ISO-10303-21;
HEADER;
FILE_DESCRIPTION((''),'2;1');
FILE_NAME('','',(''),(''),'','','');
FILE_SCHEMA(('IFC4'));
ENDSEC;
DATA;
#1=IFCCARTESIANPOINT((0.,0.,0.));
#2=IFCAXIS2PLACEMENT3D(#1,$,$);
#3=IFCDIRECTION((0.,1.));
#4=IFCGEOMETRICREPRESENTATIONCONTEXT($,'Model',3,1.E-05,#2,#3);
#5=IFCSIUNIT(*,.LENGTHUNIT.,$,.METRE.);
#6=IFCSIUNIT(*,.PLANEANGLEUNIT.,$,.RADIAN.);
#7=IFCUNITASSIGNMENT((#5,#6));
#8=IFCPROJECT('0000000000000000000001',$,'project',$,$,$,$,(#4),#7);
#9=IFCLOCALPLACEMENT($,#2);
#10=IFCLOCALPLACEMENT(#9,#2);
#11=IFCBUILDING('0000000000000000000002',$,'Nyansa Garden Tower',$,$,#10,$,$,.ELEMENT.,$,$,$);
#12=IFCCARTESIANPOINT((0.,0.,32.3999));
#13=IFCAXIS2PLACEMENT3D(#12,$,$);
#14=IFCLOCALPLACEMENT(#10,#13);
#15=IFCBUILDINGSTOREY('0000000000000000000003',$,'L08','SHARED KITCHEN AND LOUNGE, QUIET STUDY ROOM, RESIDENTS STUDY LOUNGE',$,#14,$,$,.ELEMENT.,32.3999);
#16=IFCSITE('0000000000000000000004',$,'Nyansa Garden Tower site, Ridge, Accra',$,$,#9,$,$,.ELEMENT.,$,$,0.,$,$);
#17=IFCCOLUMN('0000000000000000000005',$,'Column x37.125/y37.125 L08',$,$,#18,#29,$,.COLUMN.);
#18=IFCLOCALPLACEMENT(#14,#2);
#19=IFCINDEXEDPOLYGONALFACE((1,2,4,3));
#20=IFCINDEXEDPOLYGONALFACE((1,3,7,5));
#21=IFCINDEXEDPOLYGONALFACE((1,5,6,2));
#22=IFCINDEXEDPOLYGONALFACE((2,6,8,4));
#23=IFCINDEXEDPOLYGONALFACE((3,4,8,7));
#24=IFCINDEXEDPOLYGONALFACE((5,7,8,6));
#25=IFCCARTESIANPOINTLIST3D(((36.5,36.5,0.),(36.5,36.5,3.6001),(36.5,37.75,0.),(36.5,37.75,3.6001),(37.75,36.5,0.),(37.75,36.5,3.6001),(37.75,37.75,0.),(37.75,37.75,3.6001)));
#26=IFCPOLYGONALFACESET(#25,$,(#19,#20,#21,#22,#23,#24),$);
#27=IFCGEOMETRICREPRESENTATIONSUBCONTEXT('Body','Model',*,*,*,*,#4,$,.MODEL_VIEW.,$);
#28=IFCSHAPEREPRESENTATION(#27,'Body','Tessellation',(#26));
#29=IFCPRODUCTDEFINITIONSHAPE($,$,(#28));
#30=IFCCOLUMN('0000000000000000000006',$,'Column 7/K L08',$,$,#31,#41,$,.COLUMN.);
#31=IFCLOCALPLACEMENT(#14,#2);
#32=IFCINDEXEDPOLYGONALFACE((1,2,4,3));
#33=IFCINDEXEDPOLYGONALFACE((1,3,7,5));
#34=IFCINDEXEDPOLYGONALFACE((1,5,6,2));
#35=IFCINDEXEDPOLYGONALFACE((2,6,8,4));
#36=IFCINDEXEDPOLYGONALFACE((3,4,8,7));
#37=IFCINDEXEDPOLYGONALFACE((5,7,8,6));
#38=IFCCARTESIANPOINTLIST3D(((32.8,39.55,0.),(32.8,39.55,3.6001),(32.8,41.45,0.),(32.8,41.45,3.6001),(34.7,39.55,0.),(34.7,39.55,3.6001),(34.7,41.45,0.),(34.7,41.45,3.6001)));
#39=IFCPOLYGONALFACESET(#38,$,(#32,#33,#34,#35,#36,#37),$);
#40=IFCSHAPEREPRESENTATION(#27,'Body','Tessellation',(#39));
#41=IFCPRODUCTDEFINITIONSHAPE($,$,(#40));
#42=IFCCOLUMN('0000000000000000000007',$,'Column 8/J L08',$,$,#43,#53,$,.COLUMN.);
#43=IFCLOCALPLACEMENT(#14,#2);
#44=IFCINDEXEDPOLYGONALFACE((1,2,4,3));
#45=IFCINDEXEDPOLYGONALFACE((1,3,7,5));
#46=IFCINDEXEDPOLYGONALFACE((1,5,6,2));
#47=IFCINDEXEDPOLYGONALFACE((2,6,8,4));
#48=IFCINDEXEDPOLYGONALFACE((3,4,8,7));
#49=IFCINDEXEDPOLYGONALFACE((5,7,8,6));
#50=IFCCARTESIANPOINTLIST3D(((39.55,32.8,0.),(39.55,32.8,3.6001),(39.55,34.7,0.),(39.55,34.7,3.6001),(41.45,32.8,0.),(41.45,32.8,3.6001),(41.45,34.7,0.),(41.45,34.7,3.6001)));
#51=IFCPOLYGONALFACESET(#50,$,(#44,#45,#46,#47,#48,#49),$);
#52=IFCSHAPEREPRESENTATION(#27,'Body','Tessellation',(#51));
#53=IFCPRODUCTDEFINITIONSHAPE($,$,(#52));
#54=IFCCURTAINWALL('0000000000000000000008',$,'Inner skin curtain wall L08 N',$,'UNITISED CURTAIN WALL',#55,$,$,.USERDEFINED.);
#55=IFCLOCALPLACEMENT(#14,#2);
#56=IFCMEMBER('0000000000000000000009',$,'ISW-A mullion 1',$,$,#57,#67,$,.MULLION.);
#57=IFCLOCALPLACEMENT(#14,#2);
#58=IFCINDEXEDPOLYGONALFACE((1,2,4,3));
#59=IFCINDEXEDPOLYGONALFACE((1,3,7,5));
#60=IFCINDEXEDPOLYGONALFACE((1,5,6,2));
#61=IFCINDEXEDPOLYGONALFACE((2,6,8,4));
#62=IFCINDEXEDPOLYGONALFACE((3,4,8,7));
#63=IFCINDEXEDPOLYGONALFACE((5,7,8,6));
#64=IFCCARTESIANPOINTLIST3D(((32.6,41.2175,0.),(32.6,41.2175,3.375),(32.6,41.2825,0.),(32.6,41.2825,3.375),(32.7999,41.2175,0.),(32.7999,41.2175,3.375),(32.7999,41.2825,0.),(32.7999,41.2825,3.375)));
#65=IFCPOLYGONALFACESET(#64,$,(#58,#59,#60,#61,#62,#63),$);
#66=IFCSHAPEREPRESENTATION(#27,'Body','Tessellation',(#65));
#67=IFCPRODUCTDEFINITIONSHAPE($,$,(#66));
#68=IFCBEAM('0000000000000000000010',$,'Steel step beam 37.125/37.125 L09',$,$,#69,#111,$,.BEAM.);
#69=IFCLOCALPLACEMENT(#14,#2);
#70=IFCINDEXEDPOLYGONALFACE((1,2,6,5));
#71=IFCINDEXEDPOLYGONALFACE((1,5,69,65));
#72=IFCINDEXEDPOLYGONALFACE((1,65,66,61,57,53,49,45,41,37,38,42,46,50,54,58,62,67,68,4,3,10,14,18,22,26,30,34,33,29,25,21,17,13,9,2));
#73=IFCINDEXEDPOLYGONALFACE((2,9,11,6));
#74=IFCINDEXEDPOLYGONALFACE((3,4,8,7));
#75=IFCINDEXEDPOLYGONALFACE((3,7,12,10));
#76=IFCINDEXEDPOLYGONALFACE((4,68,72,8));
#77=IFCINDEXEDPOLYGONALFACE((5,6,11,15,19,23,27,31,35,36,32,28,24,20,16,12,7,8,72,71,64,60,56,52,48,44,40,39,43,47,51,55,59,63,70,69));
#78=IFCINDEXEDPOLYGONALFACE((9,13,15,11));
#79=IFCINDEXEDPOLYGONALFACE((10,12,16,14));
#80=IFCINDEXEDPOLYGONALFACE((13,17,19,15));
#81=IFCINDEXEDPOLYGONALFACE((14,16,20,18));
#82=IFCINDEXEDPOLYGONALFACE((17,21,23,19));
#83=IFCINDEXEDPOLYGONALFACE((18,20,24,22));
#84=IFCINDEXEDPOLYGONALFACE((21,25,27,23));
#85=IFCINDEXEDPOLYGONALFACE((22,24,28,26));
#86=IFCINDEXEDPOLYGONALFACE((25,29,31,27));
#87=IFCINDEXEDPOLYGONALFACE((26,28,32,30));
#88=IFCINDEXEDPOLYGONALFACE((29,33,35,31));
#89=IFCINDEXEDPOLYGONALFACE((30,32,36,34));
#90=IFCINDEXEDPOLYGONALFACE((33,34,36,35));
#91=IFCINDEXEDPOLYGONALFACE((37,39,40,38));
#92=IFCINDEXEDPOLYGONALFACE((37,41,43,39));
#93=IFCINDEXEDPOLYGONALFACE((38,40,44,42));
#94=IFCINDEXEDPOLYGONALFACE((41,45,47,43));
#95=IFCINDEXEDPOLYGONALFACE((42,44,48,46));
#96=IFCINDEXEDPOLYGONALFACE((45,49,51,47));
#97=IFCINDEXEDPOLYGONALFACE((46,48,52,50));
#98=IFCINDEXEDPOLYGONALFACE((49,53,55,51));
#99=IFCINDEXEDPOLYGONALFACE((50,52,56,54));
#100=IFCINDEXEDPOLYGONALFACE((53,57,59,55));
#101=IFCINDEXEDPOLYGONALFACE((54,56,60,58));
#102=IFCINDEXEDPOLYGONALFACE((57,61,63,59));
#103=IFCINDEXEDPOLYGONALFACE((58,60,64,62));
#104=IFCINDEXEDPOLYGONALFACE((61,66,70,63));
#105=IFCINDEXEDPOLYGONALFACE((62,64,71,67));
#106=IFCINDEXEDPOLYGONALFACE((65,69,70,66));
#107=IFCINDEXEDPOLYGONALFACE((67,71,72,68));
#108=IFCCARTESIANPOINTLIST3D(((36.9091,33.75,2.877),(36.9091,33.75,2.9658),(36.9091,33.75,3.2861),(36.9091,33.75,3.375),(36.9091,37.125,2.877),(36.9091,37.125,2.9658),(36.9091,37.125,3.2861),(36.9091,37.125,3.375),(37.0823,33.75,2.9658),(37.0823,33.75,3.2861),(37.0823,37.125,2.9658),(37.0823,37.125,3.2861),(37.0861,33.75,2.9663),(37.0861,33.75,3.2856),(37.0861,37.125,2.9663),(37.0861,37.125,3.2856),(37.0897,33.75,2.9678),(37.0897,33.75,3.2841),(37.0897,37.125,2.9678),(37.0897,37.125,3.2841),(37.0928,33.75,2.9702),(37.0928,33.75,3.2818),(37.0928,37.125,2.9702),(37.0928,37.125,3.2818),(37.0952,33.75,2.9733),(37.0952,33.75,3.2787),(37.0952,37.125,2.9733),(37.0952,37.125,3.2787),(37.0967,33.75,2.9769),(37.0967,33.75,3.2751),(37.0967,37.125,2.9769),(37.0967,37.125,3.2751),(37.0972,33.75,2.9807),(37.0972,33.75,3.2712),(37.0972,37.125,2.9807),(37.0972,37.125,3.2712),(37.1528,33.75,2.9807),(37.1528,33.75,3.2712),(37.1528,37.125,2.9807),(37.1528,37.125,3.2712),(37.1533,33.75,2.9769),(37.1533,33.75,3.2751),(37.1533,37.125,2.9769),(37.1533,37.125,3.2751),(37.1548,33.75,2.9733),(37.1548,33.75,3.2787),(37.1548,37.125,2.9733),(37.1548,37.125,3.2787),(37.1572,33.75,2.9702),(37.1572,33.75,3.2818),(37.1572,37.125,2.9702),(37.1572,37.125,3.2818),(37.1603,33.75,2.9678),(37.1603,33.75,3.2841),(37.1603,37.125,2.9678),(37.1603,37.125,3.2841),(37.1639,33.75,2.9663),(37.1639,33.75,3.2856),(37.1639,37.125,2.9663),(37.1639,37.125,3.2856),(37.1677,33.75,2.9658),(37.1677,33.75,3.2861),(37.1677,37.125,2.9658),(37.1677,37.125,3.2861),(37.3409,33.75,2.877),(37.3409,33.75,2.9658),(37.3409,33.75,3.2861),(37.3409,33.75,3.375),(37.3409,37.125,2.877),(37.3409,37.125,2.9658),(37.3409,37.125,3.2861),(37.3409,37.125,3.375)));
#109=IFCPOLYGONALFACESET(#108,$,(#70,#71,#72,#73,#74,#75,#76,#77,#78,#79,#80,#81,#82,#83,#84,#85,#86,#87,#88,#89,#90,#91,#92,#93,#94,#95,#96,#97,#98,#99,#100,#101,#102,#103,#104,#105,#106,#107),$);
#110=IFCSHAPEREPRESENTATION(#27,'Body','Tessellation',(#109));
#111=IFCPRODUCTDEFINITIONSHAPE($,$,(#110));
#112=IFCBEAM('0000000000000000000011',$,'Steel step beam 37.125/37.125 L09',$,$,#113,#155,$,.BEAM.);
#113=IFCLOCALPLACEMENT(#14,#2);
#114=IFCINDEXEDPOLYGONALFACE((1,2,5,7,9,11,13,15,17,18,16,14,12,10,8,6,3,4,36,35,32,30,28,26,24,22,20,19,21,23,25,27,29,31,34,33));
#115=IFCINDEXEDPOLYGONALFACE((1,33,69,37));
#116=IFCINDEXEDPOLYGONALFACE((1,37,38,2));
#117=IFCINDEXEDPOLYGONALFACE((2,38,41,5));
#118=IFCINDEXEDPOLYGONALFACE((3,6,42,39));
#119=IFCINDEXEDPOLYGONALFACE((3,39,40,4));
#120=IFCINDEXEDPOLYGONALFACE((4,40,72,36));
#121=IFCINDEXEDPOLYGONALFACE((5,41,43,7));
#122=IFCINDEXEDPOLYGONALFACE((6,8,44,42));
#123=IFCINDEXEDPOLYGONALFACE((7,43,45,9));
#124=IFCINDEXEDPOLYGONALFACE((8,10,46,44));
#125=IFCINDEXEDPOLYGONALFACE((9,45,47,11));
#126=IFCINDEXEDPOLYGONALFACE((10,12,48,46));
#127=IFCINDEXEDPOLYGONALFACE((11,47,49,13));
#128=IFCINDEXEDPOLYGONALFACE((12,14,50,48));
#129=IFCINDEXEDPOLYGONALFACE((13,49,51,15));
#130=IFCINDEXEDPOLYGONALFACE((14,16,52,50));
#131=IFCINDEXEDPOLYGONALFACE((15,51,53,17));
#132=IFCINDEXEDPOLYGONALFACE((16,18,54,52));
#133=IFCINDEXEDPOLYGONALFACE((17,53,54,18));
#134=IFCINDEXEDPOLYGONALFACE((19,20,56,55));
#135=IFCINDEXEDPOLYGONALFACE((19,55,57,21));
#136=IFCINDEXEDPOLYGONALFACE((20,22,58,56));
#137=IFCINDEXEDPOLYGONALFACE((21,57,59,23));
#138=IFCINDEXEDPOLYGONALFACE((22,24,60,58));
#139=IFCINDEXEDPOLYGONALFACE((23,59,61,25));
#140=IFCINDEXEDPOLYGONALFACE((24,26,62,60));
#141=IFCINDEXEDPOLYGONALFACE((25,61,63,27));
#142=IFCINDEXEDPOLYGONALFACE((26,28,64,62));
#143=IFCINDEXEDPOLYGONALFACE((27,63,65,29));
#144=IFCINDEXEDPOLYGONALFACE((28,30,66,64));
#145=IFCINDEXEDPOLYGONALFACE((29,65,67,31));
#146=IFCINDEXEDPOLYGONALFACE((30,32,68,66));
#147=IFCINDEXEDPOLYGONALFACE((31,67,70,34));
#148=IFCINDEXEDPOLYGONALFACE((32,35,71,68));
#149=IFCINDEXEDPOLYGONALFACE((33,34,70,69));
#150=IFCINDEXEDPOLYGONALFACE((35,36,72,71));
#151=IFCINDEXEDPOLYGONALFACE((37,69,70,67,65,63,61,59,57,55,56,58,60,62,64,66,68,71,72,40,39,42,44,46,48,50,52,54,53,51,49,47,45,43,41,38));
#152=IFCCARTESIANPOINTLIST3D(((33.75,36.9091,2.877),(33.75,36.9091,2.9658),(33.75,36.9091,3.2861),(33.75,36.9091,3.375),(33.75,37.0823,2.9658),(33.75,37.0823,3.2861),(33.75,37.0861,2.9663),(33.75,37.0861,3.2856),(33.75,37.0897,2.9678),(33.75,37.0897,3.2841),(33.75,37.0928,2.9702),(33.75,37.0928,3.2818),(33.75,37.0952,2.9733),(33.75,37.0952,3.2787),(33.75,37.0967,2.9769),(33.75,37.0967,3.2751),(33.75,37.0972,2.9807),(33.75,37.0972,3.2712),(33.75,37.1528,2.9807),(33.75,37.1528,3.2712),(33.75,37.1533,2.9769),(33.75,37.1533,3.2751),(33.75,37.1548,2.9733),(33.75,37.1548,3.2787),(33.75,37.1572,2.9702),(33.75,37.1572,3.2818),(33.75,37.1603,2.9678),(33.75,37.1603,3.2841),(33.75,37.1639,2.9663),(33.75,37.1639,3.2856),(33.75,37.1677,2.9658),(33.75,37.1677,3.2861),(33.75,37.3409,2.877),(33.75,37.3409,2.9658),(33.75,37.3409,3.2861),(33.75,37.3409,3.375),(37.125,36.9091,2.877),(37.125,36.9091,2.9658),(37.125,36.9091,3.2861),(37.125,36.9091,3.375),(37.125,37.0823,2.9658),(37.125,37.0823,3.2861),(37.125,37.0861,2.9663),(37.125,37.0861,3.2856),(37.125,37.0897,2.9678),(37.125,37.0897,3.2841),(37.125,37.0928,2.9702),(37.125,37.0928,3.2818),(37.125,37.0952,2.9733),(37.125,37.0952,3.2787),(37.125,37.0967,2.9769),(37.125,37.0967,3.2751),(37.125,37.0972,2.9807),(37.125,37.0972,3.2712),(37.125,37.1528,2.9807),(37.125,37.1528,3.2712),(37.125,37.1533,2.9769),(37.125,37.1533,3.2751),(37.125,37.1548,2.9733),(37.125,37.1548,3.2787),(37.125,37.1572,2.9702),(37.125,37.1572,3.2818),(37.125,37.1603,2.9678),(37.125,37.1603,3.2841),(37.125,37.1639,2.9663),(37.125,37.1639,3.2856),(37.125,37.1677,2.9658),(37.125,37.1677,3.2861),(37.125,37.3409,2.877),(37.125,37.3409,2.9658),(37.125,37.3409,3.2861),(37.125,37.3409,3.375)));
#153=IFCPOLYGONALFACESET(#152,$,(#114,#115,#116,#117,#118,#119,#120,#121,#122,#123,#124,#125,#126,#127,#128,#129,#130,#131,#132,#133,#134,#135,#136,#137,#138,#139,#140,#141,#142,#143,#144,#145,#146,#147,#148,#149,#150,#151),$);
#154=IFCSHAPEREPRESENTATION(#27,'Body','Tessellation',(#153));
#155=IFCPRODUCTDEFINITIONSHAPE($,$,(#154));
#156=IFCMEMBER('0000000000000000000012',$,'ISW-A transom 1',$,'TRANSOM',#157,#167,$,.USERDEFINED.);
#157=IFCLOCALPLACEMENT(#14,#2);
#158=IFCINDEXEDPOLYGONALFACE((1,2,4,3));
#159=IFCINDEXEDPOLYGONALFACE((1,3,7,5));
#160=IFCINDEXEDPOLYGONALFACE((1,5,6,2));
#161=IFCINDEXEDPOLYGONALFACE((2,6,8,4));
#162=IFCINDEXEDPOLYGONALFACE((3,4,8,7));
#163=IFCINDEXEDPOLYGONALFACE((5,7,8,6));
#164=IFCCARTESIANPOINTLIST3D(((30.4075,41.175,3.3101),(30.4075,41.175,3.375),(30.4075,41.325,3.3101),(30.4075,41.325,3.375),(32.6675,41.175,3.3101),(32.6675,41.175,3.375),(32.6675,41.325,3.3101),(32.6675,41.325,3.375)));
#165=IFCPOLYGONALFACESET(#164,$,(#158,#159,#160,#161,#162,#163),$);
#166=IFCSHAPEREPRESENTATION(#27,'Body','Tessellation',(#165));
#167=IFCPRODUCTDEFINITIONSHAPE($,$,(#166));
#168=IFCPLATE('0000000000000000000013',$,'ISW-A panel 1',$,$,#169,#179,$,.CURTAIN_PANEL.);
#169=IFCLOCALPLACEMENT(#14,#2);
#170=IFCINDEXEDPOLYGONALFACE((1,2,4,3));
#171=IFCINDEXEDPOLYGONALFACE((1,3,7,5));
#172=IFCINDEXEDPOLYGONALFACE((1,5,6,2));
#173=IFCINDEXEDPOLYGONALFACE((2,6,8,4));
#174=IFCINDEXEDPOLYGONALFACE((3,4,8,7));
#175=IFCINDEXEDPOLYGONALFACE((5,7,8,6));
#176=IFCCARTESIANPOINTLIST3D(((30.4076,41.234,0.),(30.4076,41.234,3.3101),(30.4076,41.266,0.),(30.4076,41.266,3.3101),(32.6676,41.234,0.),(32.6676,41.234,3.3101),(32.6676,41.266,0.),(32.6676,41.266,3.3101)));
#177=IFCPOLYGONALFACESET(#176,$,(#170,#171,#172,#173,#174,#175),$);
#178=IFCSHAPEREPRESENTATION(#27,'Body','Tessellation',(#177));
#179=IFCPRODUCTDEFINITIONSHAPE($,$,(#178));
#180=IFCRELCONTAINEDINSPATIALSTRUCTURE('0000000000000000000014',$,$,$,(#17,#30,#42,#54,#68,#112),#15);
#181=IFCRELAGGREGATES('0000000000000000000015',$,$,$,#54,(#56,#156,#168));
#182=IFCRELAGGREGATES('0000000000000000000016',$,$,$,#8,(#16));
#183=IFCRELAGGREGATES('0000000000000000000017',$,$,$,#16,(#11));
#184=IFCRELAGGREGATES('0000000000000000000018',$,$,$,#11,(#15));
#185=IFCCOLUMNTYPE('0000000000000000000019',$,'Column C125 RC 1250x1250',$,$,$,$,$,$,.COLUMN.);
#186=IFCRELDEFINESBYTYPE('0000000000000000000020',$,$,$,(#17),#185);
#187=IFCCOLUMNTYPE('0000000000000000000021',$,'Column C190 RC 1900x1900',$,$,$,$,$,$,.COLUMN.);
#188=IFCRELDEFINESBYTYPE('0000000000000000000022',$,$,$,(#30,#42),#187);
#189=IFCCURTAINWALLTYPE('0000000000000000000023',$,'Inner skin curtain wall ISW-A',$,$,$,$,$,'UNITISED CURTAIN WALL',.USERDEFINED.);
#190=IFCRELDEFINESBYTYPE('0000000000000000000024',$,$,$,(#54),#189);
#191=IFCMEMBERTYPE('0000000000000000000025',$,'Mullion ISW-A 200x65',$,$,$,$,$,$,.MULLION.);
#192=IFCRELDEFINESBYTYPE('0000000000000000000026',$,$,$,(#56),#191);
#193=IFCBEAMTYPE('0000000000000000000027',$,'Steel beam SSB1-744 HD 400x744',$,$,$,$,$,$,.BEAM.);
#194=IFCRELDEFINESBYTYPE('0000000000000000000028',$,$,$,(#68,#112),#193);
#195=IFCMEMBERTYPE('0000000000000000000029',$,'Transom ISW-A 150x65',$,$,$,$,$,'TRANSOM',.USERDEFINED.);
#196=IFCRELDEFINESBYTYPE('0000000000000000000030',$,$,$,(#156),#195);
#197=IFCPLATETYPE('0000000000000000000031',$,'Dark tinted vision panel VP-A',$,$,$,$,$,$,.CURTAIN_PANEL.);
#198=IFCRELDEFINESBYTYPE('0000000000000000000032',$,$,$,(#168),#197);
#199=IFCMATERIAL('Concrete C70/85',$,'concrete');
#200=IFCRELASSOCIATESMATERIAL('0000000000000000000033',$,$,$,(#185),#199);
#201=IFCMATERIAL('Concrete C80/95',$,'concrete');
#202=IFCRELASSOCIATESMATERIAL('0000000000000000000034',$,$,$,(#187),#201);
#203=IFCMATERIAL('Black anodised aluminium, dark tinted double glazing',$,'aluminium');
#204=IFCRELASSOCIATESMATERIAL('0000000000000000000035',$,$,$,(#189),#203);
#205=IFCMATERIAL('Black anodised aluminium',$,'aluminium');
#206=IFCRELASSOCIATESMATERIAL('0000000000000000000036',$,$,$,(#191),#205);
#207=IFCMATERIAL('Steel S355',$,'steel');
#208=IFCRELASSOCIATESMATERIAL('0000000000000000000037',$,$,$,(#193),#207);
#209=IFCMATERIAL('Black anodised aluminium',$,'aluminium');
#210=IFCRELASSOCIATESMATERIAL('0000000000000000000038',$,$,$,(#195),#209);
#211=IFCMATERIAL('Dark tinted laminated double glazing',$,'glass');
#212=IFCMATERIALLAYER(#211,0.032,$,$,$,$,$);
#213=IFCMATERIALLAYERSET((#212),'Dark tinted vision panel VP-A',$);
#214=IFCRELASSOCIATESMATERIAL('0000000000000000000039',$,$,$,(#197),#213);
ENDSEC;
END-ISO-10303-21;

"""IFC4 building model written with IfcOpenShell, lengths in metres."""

from ifc_helpers import new_model, si_unit, direction, frame, origin, origin_2d, place, context, subcontext, project, spatial, rectangle, i_section, extrude, material, layer, layer_set, material_profile, profile_set, type_object, element, aggregate, save


model = new_model("IFC4")

# Units and contexts
model_context = context("Model", 3, precision=1e-05, world=origin(), true_north=direction((0.0, 1.0)))
body_context = subcontext(model_context, "Body", "Model", "MODEL_VIEW")
ifc_project = project(units=[si_unit("LENGTHUNIT", "METRE"), si_unit("PLANEANGLEUNIT", "RADIAN")], contexts=[model_context])

# Site, building, storey
site_placement = place(None, origin())
site = spatial("IfcSite", under=ifc_project, at=site_placement, Name="Nyansa Garden Tower site, Ridge, Accra", CompositionType="ELEMENT", RefElevation=0.0)
building_placement = place(site_placement, origin())
building = spatial("IfcBuilding", under=site, at=building_placement, Name="Nyansa Garden Tower", CompositionType="ELEMENT")
storey_placement = place(building_placement, frame((0.0, 0.0, 32.3999)))
storey = spatial("IfcBuildingStorey", under=building, at=storey_placement, Name="L08", Description="SHARED KITCHEN AND LOUNGE, QUIET STUDY ROOM, RESIDENTS STUDY LOUNGE", CompositionType="ELEMENT", Elevation=32.3999)

# Columns
ifc_material_1 = material(Name="Concrete C70/85", Category="concrete")
ifc_material_profile_1 = material_profile(ifc_material_1, rectangle(XDim=1.25, YDim=1.25, at=origin_2d()), Name="RC 1250x1250")
ifc_profile_set_1 = profile_set([ifc_material_profile_1], Name="Concrete C70/85")
column_type_1 = type_object("IfcColumnType", Name="Column C125 RC 1250x1250", PredefinedType="COLUMN", material=ifc_profile_set_1)
column_placement = place(storey_placement, frame((37.125, 37.125, 0.0), z_axis=(0.0, 0.0, 1.0), x_axis=(1.0, 0.0, 0.0)))
element("IfcColumn", 1, at=column_placement, inside=storey, type_object=column_type_1, Name="Column x37.125/y37.125 L08", PredefinedType="COLUMN", context=body_context, shape_type="SweptSolid", body=[
    extrude(rectangle(XDim=1.25, YDim=1.25, at=origin_2d()), origin(), (0.0, 0.0, 1.0), 3.6001),
])
ifc_material_2 = material(Name="Concrete C80/95", Category="concrete")
ifc_material_profile_2 = material_profile(ifc_material_2, rectangle(XDim=1.8999, YDim=1.8999, at=origin_2d()), Name="RC 1900x1900")
ifc_profile_set_2 = profile_set([ifc_material_profile_2], Name="Concrete C80/95")
column_type_2 = type_object("IfcColumnType", Name="Column C190 RC 1900x1900", PredefinedType="COLUMN", material=ifc_profile_set_2)
for number, where, z_axis, x_axis, name in (
    (2, (33.75, 40.5, 0.0), (0.0, 0.0, 1.0), (1.0, 0.0, 0.0), "Column 7/K L08"),
    (3, (40.5, 33.75, 0.0), (0.0, 0.0, 1.0), (1.0, 0.0, 0.0), "Column 8/J L08"),
):
    element("IfcColumn", number, at=place(storey_placement, frame(where, z_axis=z_axis, x_axis=x_axis)), inside=storey, type_object=column_type_2, Name=name, PredefinedType="COLUMN", context=body_context, shape_type="SweptSolid", body=[
        extrude(rectangle(XDim=1.8999, YDim=1.8999, at=origin_2d()), origin(), (0.0, 0.0, 1.0), 3.6001),
    ])

# Curtain wall, member
ifc_material_3 = material(Name="Black anodised aluminium, dark tinted double glazing", Category="aluminium")
curtain_wall_type = type_object("IfcCurtainWallType", Name="Inner skin curtain wall ISW-A", ElementType="UNITISED CURTAIN WALL", PredefinedType="USERDEFINED", material=ifc_material_3)
curtain_wall_placement = place(storey_placement, origin())
curtain_wall = element("IfcCurtainWall", 4, at=curtain_wall_placement, inside=storey, type_object=curtain_wall_type, Name="Inner skin curtain wall L08 N", ObjectType="UNITISED CURTAIN WALL", PredefinedType="USERDEFINED")
ifc_material_4 = material(Name="Black anodised aluminium", Category="aluminium")
ifc_material_profile_3 = material_profile(ifc_material_4, rectangle(XDim=0.0649, YDim=0.2, at=origin_2d()), Name="Mullion 200x65")
ifc_profile_set_3 = profile_set([ifc_material_profile_3], Name="Black anodised aluminium")
member_type_1 = type_object("IfcMemberType", Name="Mullion ISW-A 200x65", PredefinedType="MULLION", material=ifc_profile_set_3)
member_1_placement = place(storey_placement, frame((32.7, 41.25, 0.0), z_axis=(0.0, 0.0, 1.0), x_axis=(0.0, -1.0, 0.0)))
member_1 = element("IfcMember", 5, at=member_1_placement, type_object=member_type_1, Name="ISW-A mullion 1", PredefinedType="MULLION", context=body_context, shape_type="SweptSolid", body=[
    extrude(rectangle(XDim=0.0649, YDim=0.2, at=origin_2d()), origin(), (0.0, 0.0, 1.0), 3.375),
])

# Beams
ifc_material_5 = material(Name="Steel S355", Category="steel")
ifc_material_profile_4 = material_profile(ifc_material_5, i_section(OverallWidth=0.4319, OverallDepth=0.498, WebThickness=0.0557, FlangeThickness=0.0889, FilletRadius=0.0149, at=origin_2d()), Name="HD 400x744")
ifc_profile_set_4 = profile_set([ifc_material_profile_4], Name="Steel S355")
beam_type = type_object("IfcBeamType", Name="Steel beam SSB1-744 HD 400x744", PredefinedType="BEAM", material=ifc_profile_set_4)
for number, where, z_axis, x_axis, name in (
    (6, (37.125, 37.125, 3.126), (0.0, -1.0, 0.0), (1.0, 0.0, 0.0), "Steel step beam 37.125/37.125 L09"),
    (7, (37.125, 37.125, 3.126), (-1.0, 0.0, 0.0), (0.0, -1.0, 0.0), "Steel step beam 37.125/37.125 L09"),
):
    element("IfcBeam", number, at=place(storey_placement, frame(where, z_axis=z_axis, x_axis=x_axis)), inside=storey, type_object=beam_type, Name=name, PredefinedType="BEAM", context=body_context, shape_type="SweptSolid", body=[
        extrude(i_section(OverallWidth=0.4319, OverallDepth=0.498, WebThickness=0.0557, FlangeThickness=0.0889, FilletRadius=0.0149, at=origin_2d()), origin(), (0.0, 0.0, 1.0), 3.375),
    ])

# Member
ifc_material_6 = material(Name="Black anodised aluminium", Category="aluminium")
ifc_material_profile_5 = material_profile(ifc_material_6, rectangle(XDim=0.1499, YDim=0.0649, at=origin_2d()), Name="Transom 150x65")
ifc_profile_set_5 = profile_set([ifc_material_profile_5], Name="Black anodised aluminium")
member_type_2 = type_object("IfcMemberType", Name="Transom ISW-A 150x65", ElementType="TRANSOM", PredefinedType="USERDEFINED", material=ifc_profile_set_5)
member_2_placement = place(storey_placement, frame((32.6675, 41.25, 3.3425), z_axis=(-1.0, 0.0, 0.0), x_axis=(0.0, -1.0, 0.0)))
member_2 = element("IfcMember", 8, at=member_2_placement, type_object=member_type_2, Name="ISW-A transom 1", ObjectType="TRANSOM", PredefinedType="USERDEFINED", context=body_context, shape_type="SweptSolid", body=[
    extrude(rectangle(XDim=0.1499, YDim=0.0649, at=origin_2d()), origin(), (0.0, 0.0, 1.0), 2.26),
])

# Plate
ifc_material_7 = material(Name="Dark tinted laminated double glazing", Category="glass")
ifc_layer_1 = layer(ifc_material_7, 0.032)
ifc_layer_set_1 = layer_set([ifc_layer_1], Name="Dark tinted vision panel VP-A")
plate_type = type_object("IfcPlateType", Name="Dark tinted vision panel VP-A", PredefinedType="CURTAIN_PANEL", material=ifc_layer_set_1)
plate_placement = place(storey_placement, frame((31.5376, 41.25, 0.0), z_axis=(0.0, 0.0, 1.0), x_axis=(-1.0, 0.0, 0.0)))
plate = element("IfcPlate", 9, at=plate_placement, type_object=plate_type, Name="ISW-A panel 1", PredefinedType="CURTAIN_PANEL", context=body_context, shape_type="SweptSolid", body=[
    extrude(rectangle(XDim=2.26, YDim=0.032, at=origin_2d()), origin(), (0.0, 0.0, 1.0), 3.3101),
])
aggregate(curtain_wall, [member_1, member_2, plate])

save(model, "model.ifc")
